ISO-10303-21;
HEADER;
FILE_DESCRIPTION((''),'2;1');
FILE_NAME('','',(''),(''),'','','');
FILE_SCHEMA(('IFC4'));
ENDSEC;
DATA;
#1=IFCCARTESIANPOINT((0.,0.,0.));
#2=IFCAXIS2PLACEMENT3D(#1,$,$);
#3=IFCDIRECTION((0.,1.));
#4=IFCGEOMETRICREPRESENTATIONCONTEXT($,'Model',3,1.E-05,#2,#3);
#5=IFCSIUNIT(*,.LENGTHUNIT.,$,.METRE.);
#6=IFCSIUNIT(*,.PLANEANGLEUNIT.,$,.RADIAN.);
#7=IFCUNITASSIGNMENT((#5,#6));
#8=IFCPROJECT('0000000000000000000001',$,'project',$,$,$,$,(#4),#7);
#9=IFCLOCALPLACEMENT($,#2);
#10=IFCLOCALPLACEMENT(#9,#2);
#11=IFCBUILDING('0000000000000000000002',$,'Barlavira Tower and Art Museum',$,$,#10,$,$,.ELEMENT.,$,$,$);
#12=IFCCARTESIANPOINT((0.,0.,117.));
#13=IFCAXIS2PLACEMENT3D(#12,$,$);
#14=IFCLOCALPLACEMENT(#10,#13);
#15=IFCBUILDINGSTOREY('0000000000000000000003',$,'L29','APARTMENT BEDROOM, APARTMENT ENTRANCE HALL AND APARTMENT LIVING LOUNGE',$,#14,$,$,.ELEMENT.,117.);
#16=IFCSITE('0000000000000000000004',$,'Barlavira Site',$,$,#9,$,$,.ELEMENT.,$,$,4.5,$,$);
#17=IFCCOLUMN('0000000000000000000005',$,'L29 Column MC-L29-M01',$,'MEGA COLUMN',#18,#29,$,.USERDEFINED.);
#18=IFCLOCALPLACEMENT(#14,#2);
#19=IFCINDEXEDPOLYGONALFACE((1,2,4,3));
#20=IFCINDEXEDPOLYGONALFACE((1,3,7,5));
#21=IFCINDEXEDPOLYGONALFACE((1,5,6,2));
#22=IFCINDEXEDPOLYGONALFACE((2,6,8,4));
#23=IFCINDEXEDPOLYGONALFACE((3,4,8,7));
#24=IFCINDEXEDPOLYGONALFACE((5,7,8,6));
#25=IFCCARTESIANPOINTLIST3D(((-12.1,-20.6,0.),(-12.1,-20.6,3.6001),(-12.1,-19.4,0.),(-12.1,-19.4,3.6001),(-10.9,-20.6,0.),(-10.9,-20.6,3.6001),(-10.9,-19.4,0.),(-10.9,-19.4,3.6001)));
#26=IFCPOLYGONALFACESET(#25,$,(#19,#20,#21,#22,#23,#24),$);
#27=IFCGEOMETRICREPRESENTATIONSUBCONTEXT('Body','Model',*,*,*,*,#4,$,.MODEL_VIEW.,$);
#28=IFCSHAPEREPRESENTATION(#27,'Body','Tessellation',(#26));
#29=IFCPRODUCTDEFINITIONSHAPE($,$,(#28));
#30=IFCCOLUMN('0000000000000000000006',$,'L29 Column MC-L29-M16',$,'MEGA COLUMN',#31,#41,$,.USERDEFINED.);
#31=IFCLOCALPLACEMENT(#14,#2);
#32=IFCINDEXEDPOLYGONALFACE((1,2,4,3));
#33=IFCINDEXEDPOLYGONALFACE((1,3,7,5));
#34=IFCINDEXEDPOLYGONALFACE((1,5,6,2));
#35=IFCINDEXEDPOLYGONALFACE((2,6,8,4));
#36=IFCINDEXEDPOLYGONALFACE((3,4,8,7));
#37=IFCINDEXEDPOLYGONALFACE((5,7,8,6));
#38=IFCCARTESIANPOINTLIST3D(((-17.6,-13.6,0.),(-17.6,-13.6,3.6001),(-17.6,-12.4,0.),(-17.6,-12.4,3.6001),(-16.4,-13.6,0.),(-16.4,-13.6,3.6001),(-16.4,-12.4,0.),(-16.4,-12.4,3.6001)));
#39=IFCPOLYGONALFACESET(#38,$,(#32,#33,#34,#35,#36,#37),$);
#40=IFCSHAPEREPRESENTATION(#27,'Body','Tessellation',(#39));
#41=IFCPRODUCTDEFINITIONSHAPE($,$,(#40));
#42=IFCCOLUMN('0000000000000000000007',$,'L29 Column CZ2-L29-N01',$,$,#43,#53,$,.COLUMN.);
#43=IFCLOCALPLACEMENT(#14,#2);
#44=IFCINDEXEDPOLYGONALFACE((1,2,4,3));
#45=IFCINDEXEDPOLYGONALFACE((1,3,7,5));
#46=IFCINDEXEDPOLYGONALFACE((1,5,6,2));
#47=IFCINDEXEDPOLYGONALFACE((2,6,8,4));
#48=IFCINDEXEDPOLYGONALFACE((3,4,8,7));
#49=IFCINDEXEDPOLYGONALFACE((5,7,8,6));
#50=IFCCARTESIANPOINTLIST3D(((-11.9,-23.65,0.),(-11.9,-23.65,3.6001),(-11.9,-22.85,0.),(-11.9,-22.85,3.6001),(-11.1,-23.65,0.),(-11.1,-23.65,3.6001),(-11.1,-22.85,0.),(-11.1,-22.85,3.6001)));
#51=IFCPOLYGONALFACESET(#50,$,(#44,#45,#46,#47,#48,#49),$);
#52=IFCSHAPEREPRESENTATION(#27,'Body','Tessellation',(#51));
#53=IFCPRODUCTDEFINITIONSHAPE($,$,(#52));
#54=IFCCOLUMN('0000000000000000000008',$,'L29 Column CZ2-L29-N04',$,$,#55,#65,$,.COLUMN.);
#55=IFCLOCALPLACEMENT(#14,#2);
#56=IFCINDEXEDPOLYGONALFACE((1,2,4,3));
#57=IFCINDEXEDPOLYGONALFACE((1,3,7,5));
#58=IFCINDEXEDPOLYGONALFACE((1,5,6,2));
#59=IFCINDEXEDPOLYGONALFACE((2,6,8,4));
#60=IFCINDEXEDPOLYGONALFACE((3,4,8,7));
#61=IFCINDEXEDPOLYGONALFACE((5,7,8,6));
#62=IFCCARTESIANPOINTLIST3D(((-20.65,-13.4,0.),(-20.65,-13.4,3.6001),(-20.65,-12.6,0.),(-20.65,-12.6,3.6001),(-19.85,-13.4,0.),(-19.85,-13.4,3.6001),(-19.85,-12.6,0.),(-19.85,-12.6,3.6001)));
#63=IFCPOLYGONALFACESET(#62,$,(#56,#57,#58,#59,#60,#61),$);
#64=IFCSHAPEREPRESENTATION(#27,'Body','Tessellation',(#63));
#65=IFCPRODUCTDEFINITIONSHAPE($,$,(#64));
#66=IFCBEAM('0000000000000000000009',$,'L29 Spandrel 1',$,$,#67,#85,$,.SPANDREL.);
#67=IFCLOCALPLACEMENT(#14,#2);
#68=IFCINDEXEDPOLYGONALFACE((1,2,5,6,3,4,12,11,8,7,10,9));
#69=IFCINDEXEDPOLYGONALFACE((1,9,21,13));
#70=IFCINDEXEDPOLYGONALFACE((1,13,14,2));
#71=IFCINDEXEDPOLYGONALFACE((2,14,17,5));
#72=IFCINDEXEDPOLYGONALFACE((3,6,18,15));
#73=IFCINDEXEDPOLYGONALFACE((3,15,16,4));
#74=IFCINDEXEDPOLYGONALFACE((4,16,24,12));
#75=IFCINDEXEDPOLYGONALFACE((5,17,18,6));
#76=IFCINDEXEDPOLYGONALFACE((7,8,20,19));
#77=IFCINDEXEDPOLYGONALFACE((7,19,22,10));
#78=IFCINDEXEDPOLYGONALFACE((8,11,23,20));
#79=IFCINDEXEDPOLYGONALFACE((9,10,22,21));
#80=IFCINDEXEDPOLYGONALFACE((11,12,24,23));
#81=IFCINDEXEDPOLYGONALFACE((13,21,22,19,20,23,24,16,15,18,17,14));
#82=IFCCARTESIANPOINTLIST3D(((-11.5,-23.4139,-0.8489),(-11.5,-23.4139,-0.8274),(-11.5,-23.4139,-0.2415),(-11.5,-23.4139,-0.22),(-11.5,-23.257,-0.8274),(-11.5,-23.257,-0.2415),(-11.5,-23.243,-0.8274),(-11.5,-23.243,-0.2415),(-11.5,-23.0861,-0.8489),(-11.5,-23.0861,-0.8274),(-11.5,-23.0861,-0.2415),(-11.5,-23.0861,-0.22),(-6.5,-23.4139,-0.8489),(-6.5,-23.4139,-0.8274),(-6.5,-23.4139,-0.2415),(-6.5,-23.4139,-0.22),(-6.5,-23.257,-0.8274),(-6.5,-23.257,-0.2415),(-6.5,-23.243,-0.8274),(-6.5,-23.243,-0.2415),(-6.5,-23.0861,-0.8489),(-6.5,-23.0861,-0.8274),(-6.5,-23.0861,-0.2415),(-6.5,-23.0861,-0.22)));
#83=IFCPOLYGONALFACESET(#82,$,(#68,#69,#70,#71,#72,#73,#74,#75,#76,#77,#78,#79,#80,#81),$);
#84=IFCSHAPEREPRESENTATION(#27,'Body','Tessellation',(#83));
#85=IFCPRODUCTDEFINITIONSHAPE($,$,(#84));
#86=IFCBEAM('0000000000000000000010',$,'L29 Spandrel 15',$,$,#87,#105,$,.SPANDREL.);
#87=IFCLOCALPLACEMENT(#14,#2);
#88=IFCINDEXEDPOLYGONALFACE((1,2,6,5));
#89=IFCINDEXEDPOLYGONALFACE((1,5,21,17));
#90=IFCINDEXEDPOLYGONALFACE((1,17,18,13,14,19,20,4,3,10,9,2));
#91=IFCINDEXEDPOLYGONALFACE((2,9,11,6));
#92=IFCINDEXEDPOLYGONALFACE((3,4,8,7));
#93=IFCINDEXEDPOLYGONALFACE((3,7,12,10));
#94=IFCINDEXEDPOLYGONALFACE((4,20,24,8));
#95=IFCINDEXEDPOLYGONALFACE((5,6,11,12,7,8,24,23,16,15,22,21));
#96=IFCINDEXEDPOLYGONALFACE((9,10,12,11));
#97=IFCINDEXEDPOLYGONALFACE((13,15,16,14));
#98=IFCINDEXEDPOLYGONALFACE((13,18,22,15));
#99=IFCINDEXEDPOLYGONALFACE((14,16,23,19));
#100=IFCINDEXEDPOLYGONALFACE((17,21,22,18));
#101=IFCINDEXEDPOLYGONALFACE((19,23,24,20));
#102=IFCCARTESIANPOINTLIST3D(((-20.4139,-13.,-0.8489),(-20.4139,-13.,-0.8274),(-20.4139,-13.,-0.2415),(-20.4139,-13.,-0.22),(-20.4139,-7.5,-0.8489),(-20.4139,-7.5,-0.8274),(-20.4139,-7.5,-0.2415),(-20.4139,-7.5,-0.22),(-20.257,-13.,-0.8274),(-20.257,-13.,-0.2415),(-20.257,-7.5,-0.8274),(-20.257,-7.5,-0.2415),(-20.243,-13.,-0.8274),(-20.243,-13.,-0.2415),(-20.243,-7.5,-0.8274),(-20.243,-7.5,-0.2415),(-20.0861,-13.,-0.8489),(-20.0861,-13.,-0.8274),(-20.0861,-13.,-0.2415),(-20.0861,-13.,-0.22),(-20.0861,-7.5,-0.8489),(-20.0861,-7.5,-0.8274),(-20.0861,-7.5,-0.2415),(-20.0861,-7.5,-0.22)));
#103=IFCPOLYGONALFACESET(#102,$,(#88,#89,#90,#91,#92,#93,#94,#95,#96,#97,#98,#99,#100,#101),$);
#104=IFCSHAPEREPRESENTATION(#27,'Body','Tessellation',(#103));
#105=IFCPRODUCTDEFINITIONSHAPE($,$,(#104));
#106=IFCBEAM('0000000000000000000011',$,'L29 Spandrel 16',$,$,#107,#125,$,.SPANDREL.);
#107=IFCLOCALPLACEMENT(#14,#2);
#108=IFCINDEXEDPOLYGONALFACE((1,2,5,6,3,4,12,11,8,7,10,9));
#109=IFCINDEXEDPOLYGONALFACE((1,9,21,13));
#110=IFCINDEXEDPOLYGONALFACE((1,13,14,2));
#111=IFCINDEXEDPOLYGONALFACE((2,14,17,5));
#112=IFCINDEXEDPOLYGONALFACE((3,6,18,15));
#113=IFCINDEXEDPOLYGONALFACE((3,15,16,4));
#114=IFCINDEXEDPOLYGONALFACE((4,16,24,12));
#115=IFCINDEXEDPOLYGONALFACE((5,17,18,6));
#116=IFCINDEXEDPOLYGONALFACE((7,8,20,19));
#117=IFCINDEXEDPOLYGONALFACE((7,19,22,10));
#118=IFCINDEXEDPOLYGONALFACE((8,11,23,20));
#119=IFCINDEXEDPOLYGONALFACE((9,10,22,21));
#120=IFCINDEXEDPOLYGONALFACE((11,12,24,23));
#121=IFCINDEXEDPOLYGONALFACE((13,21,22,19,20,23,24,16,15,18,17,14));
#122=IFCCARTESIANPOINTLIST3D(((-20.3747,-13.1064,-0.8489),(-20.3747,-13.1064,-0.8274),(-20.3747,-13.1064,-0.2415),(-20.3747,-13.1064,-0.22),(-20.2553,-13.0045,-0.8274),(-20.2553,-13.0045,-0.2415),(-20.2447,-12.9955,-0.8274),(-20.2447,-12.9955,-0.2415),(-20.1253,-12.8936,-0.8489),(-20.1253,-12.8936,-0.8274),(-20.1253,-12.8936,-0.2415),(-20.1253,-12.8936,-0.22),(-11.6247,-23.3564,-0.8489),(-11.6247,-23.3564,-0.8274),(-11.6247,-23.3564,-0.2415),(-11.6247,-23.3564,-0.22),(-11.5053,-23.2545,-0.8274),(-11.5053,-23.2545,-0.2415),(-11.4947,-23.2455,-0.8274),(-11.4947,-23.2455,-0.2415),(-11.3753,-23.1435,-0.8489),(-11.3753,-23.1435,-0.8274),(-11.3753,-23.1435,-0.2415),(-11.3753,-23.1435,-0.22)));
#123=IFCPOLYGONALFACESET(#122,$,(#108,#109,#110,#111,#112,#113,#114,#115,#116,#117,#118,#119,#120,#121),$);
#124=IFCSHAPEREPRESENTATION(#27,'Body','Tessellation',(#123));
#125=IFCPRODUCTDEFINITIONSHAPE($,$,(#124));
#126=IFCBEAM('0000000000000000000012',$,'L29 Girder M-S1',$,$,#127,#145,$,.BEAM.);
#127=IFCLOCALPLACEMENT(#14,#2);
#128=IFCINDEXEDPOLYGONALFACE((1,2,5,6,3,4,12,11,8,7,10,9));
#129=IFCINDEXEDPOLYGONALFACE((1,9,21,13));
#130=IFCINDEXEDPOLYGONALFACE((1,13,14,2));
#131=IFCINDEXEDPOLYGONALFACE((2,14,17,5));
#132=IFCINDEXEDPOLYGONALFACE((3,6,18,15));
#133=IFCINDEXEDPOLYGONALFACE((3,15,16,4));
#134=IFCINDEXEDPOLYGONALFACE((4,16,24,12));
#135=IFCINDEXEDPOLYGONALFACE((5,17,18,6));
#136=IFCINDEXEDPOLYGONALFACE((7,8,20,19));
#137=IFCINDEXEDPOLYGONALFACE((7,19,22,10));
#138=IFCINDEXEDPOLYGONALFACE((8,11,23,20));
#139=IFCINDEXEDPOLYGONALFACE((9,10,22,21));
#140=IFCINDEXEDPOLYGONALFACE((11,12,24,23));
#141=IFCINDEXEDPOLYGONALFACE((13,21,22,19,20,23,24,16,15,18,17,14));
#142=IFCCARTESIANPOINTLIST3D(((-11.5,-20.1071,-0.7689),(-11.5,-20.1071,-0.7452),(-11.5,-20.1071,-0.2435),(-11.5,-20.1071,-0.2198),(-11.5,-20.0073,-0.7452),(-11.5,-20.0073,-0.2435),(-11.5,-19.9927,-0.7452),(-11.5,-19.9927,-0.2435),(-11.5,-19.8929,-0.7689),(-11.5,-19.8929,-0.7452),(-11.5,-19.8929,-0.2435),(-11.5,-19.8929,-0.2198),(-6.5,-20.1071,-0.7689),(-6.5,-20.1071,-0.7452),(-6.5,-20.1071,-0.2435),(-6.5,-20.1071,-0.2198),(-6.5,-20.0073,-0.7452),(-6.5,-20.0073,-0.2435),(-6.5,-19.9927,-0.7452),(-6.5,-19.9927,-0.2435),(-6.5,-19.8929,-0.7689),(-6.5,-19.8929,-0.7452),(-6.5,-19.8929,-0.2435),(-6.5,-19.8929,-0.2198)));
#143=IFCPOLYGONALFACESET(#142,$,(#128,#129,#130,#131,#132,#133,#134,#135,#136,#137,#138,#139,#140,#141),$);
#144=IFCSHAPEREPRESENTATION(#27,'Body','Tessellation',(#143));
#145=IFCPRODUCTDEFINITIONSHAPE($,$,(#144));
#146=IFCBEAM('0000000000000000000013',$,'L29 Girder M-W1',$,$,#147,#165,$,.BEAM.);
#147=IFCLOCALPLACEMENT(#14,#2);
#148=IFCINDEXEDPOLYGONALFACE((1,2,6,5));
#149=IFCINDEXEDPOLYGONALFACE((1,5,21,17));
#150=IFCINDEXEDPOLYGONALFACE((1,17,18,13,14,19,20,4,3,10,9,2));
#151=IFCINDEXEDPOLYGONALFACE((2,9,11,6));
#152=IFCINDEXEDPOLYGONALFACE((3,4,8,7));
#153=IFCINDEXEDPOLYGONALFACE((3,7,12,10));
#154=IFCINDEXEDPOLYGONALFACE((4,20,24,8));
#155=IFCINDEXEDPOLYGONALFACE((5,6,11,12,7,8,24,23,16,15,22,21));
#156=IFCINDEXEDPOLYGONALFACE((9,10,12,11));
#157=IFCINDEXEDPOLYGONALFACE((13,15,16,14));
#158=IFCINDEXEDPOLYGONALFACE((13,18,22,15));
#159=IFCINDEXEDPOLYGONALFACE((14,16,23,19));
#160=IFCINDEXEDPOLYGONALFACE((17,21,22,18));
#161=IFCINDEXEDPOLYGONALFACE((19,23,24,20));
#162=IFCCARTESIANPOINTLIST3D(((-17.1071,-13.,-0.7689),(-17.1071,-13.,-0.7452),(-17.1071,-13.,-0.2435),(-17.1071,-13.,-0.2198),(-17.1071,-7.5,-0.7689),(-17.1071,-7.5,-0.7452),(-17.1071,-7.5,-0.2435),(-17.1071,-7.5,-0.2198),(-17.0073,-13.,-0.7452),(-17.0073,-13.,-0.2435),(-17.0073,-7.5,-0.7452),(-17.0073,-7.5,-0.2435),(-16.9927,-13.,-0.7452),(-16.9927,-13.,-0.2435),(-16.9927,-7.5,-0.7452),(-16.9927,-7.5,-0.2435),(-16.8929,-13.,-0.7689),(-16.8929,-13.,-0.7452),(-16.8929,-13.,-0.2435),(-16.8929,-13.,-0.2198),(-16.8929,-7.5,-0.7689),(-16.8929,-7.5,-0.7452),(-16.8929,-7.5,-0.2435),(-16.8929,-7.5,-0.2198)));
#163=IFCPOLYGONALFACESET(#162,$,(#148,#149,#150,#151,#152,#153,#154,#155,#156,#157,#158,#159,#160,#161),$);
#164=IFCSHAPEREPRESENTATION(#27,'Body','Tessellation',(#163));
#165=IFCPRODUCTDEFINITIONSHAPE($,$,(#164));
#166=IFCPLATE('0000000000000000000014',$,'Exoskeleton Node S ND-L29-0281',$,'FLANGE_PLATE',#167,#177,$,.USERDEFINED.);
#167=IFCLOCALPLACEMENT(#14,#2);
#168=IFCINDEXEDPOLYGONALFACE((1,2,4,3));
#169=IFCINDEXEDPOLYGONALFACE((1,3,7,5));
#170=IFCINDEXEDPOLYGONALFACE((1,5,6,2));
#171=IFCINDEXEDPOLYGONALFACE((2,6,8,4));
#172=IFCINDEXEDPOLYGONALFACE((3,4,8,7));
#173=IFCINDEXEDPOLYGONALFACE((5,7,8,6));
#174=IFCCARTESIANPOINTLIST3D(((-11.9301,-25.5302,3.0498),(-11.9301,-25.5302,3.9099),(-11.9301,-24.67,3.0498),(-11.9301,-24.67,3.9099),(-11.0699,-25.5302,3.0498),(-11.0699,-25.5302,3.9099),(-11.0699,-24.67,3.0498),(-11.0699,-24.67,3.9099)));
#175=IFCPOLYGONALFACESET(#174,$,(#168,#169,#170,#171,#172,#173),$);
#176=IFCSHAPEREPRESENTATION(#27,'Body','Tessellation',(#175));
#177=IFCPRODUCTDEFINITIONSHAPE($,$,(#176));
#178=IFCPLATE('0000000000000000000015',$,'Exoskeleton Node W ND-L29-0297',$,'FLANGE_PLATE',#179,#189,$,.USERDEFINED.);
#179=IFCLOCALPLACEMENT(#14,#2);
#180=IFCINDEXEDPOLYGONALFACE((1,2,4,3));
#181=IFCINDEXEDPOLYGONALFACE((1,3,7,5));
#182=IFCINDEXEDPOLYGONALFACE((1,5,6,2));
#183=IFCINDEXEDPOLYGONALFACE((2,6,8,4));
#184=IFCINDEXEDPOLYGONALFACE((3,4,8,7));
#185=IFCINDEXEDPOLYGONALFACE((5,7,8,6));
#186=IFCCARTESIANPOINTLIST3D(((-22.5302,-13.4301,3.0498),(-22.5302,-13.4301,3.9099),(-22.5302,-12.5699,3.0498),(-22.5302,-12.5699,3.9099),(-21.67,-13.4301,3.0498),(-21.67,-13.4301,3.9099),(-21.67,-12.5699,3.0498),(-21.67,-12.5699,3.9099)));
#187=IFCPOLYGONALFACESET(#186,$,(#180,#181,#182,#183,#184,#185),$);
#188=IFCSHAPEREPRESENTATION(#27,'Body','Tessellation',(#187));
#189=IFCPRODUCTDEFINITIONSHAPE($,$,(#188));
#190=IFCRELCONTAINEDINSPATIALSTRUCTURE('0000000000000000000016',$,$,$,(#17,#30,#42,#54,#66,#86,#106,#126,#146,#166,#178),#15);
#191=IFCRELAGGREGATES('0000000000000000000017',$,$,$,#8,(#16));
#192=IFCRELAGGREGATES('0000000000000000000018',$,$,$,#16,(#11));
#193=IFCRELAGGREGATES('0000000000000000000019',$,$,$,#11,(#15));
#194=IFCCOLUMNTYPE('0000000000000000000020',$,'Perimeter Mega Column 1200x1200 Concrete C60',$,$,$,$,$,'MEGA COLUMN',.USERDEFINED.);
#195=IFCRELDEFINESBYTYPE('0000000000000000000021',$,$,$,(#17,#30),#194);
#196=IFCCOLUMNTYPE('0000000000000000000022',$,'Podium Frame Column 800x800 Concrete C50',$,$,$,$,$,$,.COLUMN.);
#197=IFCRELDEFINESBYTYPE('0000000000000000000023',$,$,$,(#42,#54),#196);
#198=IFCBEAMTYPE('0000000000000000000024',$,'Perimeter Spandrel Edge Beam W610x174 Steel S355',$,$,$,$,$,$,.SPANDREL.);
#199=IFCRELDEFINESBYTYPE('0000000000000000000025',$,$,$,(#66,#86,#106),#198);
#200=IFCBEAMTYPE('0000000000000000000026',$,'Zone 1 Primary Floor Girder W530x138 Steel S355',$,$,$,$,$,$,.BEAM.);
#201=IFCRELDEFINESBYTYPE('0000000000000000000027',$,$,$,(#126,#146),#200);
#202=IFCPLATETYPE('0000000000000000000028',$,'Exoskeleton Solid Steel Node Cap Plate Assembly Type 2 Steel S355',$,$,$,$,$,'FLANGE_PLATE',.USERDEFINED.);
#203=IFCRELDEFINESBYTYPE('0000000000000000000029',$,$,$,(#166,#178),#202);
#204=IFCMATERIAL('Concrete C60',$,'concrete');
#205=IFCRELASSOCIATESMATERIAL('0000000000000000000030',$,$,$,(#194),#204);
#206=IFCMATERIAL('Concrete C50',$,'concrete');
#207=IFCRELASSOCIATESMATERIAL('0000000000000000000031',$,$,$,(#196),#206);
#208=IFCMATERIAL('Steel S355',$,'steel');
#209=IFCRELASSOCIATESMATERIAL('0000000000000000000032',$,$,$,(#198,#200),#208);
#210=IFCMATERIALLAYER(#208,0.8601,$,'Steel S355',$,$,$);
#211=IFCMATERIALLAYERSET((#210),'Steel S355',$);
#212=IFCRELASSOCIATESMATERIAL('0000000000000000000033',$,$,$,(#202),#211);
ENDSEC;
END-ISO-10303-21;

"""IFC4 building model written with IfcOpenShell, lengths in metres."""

from ifc_helpers import new_model, si_unit, direction, frame, origin, origin_2d, place, context, subcontext, project, spatial, rectangle, i_section, extrude, material, layer, layer_set, material_profile, profile_set, type_object, element, save


model = new_model("IFC4")

# Units and contexts
model_context = context("Model", 3, precision=1e-05, world=origin(), true_north=direction((0.0, 1.0)))
body_context = subcontext(model_context, "Body", "Model", "MODEL_VIEW")
ifc_project = project(units=[si_unit("LENGTHUNIT", "METRE"), si_unit("PLANEANGLEUNIT", "RADIAN")], contexts=[model_context])

# Site, building, storey
site_placement = place(None, origin())
site = spatial("IfcSite", under=ifc_project, at=site_placement, Name="Barlavira Site", CompositionType="ELEMENT", RefElevation=4.5)
building_placement = place(site_placement, origin())
building = spatial("IfcBuilding", under=site, at=building_placement, Name="Barlavira Tower and Art Museum", CompositionType="ELEMENT")
storey_placement = place(building_placement, frame((0.0, 0.0, 117.0)))
storey = spatial("IfcBuildingStorey", under=building, at=storey_placement, Name="L29", Description="APARTMENT BEDROOM, APARTMENT ENTRANCE HALL AND APARTMENT LIVING LOUNGE", CompositionType="ELEMENT", Elevation=117.0)

# Columns
ifc_material_1 = material(Name="Concrete C60", Category="concrete")
ifc_material_profile_1 = material_profile(ifc_material_1, rectangle(XDim=1.2, YDim=1.2, at=origin_2d()), Name="RC-COL 1200x1200")
ifc_profile_set_1 = profile_set([ifc_material_profile_1], Name="Concrete C60")
column_type_1 = type_object("IfcColumnType", Name="Perimeter Mega Column 1200x1200 Concrete C60", ElementType="MEGA COLUMN", PredefinedType="USERDEFINED", material=ifc_profile_set_1)
for number, where, z_axis, x_axis, name in (
    (1, (-11.5, -20.0, 0.0), (0.0, 0.0, 1.0), (1.0, 0.0, 0.0), "L29 Column MC-L29-M01"),
    (2, (-17.0, -13.0, 0.0), (0.0, 0.0, 1.0), (1.0, 0.0, 0.0), "L29 Column MC-L29-M16"),
):
    element("IfcColumn", number, at=place(storey_placement, frame(where, z_axis=z_axis, x_axis=x_axis)), inside=storey, type_object=column_type_1, Name=name, ObjectType="MEGA COLUMN", PredefinedType="USERDEFINED", context=body_context, shape_type="SweptSolid", body=[
        extrude(rectangle(XDim=1.2, YDim=1.2, at=origin_2d()), origin(), (0.0, 0.0, 1.0), 3.6001),
    ])
ifc_material_2 = material(Name="Concrete C50", Category="concrete")
ifc_material_profile_2 = material_profile(ifc_material_2, rectangle(XDim=0.8, YDim=0.8, at=origin_2d()), Name="RC-COL 800x800")
ifc_profile_set_2 = profile_set([ifc_material_profile_2], Name="Concrete C50")
column_type_2 = type_object("IfcColumnType", Name="Podium Frame Column 800x800 Concrete C50", PredefinedType="COLUMN", material=ifc_profile_set_2)
for number, where, z_axis, x_axis, name in (
    (3, (-11.5, -23.25, 0.0), (0.0, 0.0, 1.0), (1.0, 0.0, 0.0), "L29 Column CZ2-L29-N01"),
    (4, (-20.25, -13.0, 0.0), (0.0, 0.0, 1.0), (1.0, 0.0, 0.0), "L29 Column CZ2-L29-N04"),
):
    element("IfcColumn", number, at=place(storey_placement, frame(where, z_axis=z_axis, x_axis=x_axis)), inside=storey, type_object=column_type_2, Name=name, PredefinedType="COLUMN", context=body_context, shape_type="SweptSolid", body=[
        extrude(rectangle(XDim=0.8, YDim=0.8, at=origin_2d()), origin(), (0.0, 0.0, 1.0), 3.6001),
    ])

# Beams
ifc_material_3 = material(Name="Steel S355", Category="steel")
ifc_material_profile_3 = material_profile(ifc_material_3, i_section(OverallWidth=0.3279, OverallDepth=0.6289, WebThickness=0.0139, FlangeThickness=0.0215, at=origin_2d()), Name="W610x174.0")
ifc_profile_set_3 = profile_set([ifc_material_profile_3], Name="Steel S355")
beam_type_1 = type_object("IfcBeamType", Name="Perimeter Spandrel Edge Beam W610x174 Steel S355", PredefinedType="SPANDREL", material=ifc_profile_set_3)
beam_1_placement = place(storey_placement, frame((-11.5, -23.25, -0.5344), z_axis=(1.0, 0.0, 0.0), x_axis=(0.0, 1.0, 0.0)))
element("IfcBeam", 5, at=beam_1_placement, inside=storey, type_object=beam_type_1, Name="L29 Spandrel 1", PredefinedType="SPANDREL", context=body_context, shape_type="SweptSolid", body=[
    extrude(i_section(OverallWidth=0.3279, OverallDepth=0.6289, WebThickness=0.0139, FlangeThickness=0.0215, at=origin_2d()), origin(), (0.0, 0.0, 1.0), 5.0),
])
beam_2_placement = place(storey_placement, frame((-20.25, -13.0, -0.5344), z_axis=(0.0, 1.0, 0.0), x_axis=(-1.0, 0.0, 0.0)))
element("IfcBeam", 6, at=beam_2_placement, inside=storey, type_object=beam_type_1, Name="L29 Spandrel 15", PredefinedType="SPANDREL", context=body_context, shape_type="SweptSolid", body=[
    extrude(i_section(OverallWidth=0.3279, OverallDepth=0.6289, WebThickness=0.0139, FlangeThickness=0.0215, at=origin_2d()), origin(), (0.0, 0.0, 1.0), 5.5),
])
beam_3_placement = place(storey_placement, frame((-20.25, -13.0, -0.5344), z_axis=(0.649262, -0.760565, 0.0), x_axis=(0.760565, 0.649262, 0.0)))
element("IfcBeam", 7, at=beam_3_placement, inside=storey, type_object=beam_type_1, Name="L29 Spandrel 16", PredefinedType="SPANDREL", context=body_context, shape_type="SweptSolid", body=[
    extrude(i_section(OverallWidth=0.3279, OverallDepth=0.6289, WebThickness=0.0139, FlangeThickness=0.0215, at=origin_2d()), origin(), (0.0, 0.0, 1.0), 13.4768),
])
ifc_material_profile_4 = material_profile(ifc_material_3, i_section(OverallWidth=0.2141, OverallDepth=0.5491, WebThickness=0.0146, FlangeThickness=0.0237, at=origin_2d()), Name="W530x138.0")
ifc_profile_set_4 = profile_set([ifc_material_profile_4], Name="Steel S355")
beam_type_2 = type_object("IfcBeamType", Name="Zone 1 Primary Floor Girder W530x138 Steel S355", PredefinedType="BEAM", material=ifc_profile_set_4)
beam_4_placement = place(storey_placement, frame((-11.5, -20.0, -0.4944), z_axis=(1.0, 0.0, 0.0), x_axis=(0.0, 1.0, 0.0)))
element("IfcBeam", 8, at=beam_4_placement, inside=storey, type_object=beam_type_2, Name="L29 Girder M-S1", PredefinedType="BEAM", context=body_context, shape_type="SweptSolid", body=[
    extrude(i_section(OverallWidth=0.2141, OverallDepth=0.5491, WebThickness=0.0146, FlangeThickness=0.0237, at=origin_2d()), origin(), (0.0, 0.0, 1.0), 5.0),
])
beam_5_placement = place(storey_placement, frame((-17.0, -13.0, -0.4944), z_axis=(0.0, 1.0, 0.0), x_axis=(-1.0, 0.0, 0.0)))
element("IfcBeam", 9, at=beam_5_placement, inside=storey, type_object=beam_type_2, Name="L29 Girder M-W1", PredefinedType="BEAM", context=body_context, shape_type="SweptSolid", body=[
    extrude(i_section(OverallWidth=0.2141, OverallDepth=0.5491, WebThickness=0.0146, FlangeThickness=0.0237, at=origin_2d()), origin(), (0.0, 0.0, 1.0), 5.5),
])

# Plates
ifc_layer_1 = layer(ifc_material_3, 0.8601, Name="Steel S355")
ifc_layer_set_1 = layer_set([ifc_layer_1], Name="Steel S355")
plate_type = type_object("IfcPlateType", Name="Exoskeleton Solid Steel Node Cap Plate Assembly Type 2 Steel S355", ElementType="FLANGE_PLATE", PredefinedType="USERDEFINED", material=ifc_layer_set_1)
for number, where, z_axis, x_axis, name in (
    (10, (-11.5, -25.1001, 3.0498), (0.0, 0.0, 1.0), (1.0, 0.0, 0.0), "Exoskeleton Node S ND-L29-0281"),
    (11, (-22.1001, -13.0, 3.0498), (0.0, 0.0, 1.0), (1.0, 0.0, 0.0), "Exoskeleton Node W ND-L29-0297"),
):
    element("IfcPlate", number, at=place(storey_placement, frame(where, z_axis=z_axis, x_axis=x_axis)), inside=storey, type_object=plate_type, Name=name, ObjectType="FLANGE_PLATE", PredefinedType="USERDEFINED", context=body_context, shape_type="SweptSolid", body=[
        extrude(rectangle(XDim=0.8601, YDim=0.8601, at=origin_2d()), origin(), (0.0, 0.0, 1.0), 0.8601),
    ])

save(model, "model.ifc")
